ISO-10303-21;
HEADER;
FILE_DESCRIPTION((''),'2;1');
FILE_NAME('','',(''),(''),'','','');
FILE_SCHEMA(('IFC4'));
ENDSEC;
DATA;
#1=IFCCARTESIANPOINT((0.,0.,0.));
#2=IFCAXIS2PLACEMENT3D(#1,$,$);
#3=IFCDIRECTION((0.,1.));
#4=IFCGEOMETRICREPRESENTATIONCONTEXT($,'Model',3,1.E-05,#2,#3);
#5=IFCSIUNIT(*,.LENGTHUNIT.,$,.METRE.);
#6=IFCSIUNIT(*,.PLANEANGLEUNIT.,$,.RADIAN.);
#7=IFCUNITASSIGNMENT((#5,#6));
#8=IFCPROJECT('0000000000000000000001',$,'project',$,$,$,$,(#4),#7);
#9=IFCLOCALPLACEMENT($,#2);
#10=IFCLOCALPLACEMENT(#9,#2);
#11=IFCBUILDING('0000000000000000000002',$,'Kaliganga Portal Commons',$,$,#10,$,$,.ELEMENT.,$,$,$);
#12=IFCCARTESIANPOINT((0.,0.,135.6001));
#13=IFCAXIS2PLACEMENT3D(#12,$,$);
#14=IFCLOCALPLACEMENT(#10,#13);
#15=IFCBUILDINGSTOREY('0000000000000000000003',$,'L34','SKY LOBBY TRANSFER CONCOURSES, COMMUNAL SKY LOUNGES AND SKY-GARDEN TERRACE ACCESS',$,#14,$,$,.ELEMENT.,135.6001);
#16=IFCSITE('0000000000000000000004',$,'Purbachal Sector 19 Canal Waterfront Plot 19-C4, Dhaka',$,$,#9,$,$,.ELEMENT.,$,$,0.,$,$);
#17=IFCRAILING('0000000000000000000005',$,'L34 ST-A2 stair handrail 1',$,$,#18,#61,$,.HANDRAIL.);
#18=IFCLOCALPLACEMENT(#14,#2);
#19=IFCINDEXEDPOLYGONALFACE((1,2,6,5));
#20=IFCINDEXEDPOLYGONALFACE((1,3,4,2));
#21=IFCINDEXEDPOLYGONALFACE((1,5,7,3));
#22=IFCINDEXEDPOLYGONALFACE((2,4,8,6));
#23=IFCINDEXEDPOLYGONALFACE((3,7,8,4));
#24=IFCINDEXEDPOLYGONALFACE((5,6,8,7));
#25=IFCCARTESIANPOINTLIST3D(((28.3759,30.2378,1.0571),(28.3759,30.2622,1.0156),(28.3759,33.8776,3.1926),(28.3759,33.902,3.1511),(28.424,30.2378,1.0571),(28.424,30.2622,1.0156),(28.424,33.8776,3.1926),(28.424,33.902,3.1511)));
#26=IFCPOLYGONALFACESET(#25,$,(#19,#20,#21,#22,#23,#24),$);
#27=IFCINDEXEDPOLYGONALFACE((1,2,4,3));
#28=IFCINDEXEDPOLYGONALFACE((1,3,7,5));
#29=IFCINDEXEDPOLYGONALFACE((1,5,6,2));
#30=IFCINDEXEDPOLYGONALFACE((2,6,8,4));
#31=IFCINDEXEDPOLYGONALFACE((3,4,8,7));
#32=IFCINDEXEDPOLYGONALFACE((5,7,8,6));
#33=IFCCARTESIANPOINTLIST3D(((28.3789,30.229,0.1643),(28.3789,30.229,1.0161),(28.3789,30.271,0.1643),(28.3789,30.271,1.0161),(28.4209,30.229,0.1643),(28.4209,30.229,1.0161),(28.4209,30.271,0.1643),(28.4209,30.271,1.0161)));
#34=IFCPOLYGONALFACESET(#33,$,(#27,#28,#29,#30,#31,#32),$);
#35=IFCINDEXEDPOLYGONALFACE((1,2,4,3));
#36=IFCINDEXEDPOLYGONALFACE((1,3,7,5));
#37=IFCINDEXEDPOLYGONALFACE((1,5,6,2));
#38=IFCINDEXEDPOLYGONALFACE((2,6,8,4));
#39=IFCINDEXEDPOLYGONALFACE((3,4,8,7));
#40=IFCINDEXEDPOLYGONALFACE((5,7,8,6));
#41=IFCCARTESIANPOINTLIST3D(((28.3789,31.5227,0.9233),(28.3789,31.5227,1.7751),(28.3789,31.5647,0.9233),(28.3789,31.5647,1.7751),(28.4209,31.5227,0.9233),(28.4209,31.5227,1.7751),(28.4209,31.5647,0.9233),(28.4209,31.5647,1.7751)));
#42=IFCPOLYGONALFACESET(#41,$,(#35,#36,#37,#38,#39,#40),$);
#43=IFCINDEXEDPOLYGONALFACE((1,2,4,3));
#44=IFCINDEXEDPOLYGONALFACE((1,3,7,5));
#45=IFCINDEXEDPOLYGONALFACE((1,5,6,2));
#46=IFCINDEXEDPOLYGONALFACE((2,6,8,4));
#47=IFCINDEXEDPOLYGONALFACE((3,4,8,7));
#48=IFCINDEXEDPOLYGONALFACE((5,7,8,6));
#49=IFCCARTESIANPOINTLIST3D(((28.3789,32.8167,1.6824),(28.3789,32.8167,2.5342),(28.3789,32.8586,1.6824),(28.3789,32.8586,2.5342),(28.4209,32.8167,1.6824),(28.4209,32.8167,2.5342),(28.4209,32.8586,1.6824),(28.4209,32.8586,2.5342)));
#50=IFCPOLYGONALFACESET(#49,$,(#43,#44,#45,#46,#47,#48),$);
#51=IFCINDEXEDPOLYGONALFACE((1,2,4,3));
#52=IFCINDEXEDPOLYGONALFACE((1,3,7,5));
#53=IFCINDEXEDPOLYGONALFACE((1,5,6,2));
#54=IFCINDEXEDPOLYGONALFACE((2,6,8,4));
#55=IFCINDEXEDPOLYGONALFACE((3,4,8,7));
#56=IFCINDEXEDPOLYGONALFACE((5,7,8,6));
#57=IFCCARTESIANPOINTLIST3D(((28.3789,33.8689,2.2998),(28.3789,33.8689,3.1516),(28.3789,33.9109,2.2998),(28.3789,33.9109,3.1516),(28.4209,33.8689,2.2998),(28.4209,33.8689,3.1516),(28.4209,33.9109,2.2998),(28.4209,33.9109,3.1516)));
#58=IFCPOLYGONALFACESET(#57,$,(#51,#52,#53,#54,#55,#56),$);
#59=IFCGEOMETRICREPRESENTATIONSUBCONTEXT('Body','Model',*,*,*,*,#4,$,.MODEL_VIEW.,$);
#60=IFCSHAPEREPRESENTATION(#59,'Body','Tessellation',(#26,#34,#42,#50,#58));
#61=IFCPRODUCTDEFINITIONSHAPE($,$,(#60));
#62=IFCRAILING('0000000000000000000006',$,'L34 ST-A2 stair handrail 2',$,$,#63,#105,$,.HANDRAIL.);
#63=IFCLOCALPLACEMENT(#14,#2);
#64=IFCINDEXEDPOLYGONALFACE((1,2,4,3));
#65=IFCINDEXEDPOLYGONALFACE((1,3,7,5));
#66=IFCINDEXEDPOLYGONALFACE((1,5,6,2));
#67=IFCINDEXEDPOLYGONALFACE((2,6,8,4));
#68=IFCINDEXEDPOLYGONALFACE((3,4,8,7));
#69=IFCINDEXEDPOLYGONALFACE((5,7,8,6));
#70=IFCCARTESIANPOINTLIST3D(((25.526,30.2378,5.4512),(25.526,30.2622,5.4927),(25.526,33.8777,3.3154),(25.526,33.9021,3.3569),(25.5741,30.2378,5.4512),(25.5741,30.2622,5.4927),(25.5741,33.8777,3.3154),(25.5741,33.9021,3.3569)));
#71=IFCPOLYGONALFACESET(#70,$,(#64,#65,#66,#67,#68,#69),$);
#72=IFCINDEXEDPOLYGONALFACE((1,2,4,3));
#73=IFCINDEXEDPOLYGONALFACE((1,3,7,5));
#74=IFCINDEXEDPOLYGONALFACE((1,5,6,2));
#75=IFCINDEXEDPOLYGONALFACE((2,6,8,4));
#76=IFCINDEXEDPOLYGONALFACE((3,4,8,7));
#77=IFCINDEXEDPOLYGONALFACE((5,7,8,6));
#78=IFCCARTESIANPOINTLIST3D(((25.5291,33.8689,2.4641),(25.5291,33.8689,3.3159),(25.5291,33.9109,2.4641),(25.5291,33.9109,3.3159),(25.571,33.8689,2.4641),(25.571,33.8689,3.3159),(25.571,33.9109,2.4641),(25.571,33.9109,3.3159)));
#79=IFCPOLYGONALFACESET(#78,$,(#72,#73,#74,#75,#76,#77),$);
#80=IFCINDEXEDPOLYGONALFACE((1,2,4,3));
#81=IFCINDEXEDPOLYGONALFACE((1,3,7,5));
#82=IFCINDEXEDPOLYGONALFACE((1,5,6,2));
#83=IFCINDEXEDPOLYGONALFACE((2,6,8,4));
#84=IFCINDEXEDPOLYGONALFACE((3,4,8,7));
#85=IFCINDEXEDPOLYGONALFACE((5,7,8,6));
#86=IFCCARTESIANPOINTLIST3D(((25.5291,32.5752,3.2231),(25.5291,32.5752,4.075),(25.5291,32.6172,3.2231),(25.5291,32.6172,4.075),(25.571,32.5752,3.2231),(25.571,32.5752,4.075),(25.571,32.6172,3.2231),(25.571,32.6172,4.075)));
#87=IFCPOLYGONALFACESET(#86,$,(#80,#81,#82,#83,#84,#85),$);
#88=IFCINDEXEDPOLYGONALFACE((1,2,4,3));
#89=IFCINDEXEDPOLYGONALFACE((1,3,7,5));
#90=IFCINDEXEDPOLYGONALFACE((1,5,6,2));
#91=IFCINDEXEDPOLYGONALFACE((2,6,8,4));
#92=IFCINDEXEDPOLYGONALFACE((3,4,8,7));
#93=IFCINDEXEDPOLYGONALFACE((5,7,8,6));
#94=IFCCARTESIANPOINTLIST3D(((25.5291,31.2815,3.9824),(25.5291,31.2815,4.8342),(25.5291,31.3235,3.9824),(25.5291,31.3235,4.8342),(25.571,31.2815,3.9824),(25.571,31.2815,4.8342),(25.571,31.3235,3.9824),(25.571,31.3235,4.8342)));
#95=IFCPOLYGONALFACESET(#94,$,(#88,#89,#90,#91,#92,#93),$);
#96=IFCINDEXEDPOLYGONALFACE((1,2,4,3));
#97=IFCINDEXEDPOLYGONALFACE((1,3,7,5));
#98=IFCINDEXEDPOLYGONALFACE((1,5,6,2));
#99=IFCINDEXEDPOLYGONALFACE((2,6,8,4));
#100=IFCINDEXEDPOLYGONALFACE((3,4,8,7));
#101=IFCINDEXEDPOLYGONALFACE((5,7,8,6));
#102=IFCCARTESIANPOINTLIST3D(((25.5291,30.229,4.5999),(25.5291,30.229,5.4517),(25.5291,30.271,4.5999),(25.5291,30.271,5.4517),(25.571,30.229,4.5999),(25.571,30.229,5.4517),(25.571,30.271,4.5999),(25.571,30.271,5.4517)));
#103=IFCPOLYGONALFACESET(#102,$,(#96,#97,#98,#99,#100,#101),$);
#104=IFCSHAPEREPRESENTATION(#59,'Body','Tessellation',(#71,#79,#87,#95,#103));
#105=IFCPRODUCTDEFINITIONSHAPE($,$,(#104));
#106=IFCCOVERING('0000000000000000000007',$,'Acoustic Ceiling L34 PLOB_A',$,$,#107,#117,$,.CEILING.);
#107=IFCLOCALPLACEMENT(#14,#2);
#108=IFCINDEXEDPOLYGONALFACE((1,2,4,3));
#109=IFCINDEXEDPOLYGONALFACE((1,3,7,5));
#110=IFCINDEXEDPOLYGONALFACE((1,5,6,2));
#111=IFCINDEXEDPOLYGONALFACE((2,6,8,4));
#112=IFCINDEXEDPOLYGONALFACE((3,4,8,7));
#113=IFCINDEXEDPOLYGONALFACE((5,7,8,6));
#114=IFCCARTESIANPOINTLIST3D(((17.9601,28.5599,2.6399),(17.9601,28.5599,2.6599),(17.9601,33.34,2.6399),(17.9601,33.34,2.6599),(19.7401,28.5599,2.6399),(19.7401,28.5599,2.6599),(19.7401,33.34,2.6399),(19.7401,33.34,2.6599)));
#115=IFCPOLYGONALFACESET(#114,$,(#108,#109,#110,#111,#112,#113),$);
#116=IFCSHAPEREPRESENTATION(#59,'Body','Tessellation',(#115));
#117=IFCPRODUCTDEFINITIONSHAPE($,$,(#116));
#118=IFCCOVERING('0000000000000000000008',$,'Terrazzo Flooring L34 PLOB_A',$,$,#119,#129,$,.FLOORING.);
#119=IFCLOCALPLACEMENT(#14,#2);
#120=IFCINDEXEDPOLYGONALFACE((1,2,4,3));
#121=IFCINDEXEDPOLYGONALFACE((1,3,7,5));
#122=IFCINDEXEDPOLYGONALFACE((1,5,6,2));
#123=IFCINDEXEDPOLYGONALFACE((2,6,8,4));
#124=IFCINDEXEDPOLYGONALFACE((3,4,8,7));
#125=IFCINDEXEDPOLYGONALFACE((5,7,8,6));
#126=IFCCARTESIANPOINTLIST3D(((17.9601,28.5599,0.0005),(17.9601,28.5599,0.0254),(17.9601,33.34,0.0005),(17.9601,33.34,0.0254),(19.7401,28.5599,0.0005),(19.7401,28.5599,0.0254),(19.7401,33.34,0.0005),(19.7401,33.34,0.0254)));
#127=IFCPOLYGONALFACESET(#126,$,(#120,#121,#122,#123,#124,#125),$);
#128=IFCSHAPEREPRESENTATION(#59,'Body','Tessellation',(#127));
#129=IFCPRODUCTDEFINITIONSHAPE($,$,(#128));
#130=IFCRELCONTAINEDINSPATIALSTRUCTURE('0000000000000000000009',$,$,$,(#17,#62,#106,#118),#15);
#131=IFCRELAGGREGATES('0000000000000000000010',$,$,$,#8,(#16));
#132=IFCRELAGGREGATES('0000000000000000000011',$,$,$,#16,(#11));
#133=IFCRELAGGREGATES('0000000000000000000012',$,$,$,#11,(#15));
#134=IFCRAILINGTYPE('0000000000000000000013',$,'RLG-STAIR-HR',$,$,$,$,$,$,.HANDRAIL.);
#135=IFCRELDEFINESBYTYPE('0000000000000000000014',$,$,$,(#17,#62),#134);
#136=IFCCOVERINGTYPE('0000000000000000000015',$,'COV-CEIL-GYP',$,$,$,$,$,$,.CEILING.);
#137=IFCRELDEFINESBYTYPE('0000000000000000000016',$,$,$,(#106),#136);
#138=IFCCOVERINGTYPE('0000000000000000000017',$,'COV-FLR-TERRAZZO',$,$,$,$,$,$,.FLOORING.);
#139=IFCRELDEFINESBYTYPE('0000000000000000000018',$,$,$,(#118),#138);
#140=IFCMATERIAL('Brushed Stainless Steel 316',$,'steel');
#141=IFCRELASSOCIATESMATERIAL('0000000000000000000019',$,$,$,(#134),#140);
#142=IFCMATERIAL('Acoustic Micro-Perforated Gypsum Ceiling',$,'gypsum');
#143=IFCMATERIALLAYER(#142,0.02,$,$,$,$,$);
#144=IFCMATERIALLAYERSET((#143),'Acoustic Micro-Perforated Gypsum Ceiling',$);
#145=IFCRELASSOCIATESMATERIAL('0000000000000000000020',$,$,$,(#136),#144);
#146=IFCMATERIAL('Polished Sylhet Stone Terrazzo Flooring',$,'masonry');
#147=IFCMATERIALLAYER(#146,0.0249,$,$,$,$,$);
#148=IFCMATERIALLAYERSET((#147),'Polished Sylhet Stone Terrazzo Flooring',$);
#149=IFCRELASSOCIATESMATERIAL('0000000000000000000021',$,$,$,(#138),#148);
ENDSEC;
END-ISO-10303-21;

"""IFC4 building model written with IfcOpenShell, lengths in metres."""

from ifc_helpers import new_model, si_unit, direction, frame, origin, origin_2d, place, context, subcontext, project, spatial, rectangle, extrude, source, transform, mapped, material, layer, layer_set, type_object, element, save


model = new_model("IFC4")

# Units and contexts
model_context = context("Model", 3, precision=1e-05, world=origin(), true_north=direction((0.0, 1.0)))
body_context = subcontext(model_context, "Body", "Model", "MODEL_VIEW")
ifc_project = project(units=[si_unit("LENGTHUNIT", "METRE"), si_unit("PLANEANGLEUNIT", "RADIAN")], contexts=[model_context])

# Site, building, storey
site_placement = place(None, origin())
site = spatial("IfcSite", under=ifc_project, at=site_placement, Name="Purbachal Sector 19 Canal Waterfront Plot 19-C4, Dhaka", CompositionType="ELEMENT", RefElevation=0.0)
building_placement = place(site_placement, origin())
building = spatial("IfcBuilding", under=site, at=building_placement, Name="Kaliganga Portal Commons", CompositionType="ELEMENT")
storey_placement = place(building_placement, frame((0.0, 0.0, 135.6001)))
storey = spatial("IfcBuildingStorey", under=building, at=storey_placement, Name="L34", Description="SKY LOBBY TRANSFER CONCOURSES, COMMUNAL SKY LOUNGES AND SKY-GARDEN TERRACE ACCESS", CompositionType="ELEMENT", Elevation=135.6001)

# Railings
ifc_material_1 = material(Name="Brushed Stainless Steel 316", Category="steel")
railing_type_1 = type_object("IfcRailingType", Name="RLG-STAIR-HR", PredefinedType="HANDRAIL", material=ifc_material_1)
railing_1_placement = place(storey_placement, frame((28.3999, 30.25, 0.1643)))
element("IfcRailing", 1, at=railing_1_placement, inside=storey, type_object=railing_type_1, Name="L34 ST-A2 stair handrail 1", PredefinedType="HANDRAIL", context=body_context, shape_type="SweptSolid", body=[
    extrude(rectangle(XDim=0.0481, YDim=0.0481, at=origin_2d()), frame((0.0, 0.0, 0.8721), z_axis=(0.0, 0.862515, 0.506031), x_axis=(-1.0, 0.0, 0.0)), (0.0, 0.0, 1.0), 4.22),
    extrude(rectangle(XDim=0.042, YDim=0.042, at=origin_2d()), origin(), (0.0, 0.0, 1.0), 0.8518),
    extrude(rectangle(XDim=0.042, YDim=0.042, at=origin_2d()), frame((0.0, 1.2937, 0.759)), (0.0, 0.0, 1.0), 0.8518),
    extrude(rectangle(XDim=0.042, YDim=0.042, at=origin_2d()), frame((0.0, 2.5876, 1.5181)), (0.0, 0.0, 1.0), 0.8518),
    extrude(rectangle(XDim=0.042, YDim=0.042, at=origin_2d()), frame((0.0, 3.6399, 2.1355)), (0.0, 0.0, 1.0), 0.8518),
])
railing_2_placement = place(storey_placement, frame((25.55, 33.8899, 2.4641)))
element("IfcRailing", 2, at=railing_2_placement, inside=storey, type_object=railing_type_1, Name="L34 ST-A2 stair handrail 2", PredefinedType="HANDRAIL", context=body_context, shape_type="SweptSolid", body=[
    extrude(rectangle(XDim=0.0481, YDim=0.0481, at=origin_2d()), frame((0.0, 0.0, 0.8721), z_axis=(0.0, -0.86249, 0.506074), x_axis=(1.0, 0.0, 0.0)), (0.0, 0.0, 1.0), 4.2202),
    extrude(rectangle(XDim=0.042, YDim=0.042, at=origin_2d()), origin(), (0.0, 0.0, 1.0), 0.8518),
    extrude(rectangle(XDim=0.042, YDim=0.042, at=origin_2d()), frame((0.0, -1.2937, 0.759)), (0.0, 0.0, 1.0), 0.8518),
    extrude(rectangle(XDim=0.042, YDim=0.042, at=origin_2d()), frame((0.0, -2.5874, 1.5183)), (0.0, 0.0, 1.0), 0.8518),
    extrude(rectangle(XDim=0.042, YDim=0.042, at=origin_2d()), frame((0.0, -3.6399, 2.1357)), (0.0, 0.0, 1.0), 0.8518),
])

# Coverings
ifc_material_2 = material(Name="Acoustic Micro-Perforated Gypsum Ceiling", Category="gypsum")
ifc_layer_1 = layer(ifc_material_2, 0.02)
ifc_layer_set_1 = layer_set([ifc_layer_1], Name="Acoustic Micro-Perforated Gypsum Ceiling")
covering_type_1 = type_object("IfcCoveringType", Name="COV-CEIL-GYP", PredefinedType="CEILING", material=ifc_layer_set_1)
shared_shape_1 = source(origin(), body_context, "Body", "SweptSolid", [
    extrude(rectangle(XDim=1.78, YDim=4.78, at=origin_2d()), origin(), (0.0, 0.0, 1.0), 0.02),
])
covering_1_placement = place(storey_placement, frame((18.8501, 30.95, 2.6399), z_axis=(0.0, 0.0, 1.0), x_axis=(1.0, 0.0, 0.0)))
element("IfcCovering", 3, at=covering_1_placement, inside=storey, type_object=covering_type_1, Name="Acoustic Ceiling L34 PLOB_A", PredefinedType="CEILING", context=body_context, shape_type="MappedRepresentation", body=[
    mapped(shared_shape_1, transform((0.0, 0.0, 0.0), x_axis=(1.0, 0.0, 0.0), y_axis=(0.0, 1.0, 0.0), z_axis=(0.0, 0.0, 1.0), scale=1.0)),
])
ifc_material_3 = material(Name="Polished Sylhet Stone Terrazzo Flooring", Category="masonry")
ifc_layer_2 = layer(ifc_material_3, 0.0249)
ifc_layer_set_2 = layer_set([ifc_layer_2], Name="Polished Sylhet Stone Terrazzo Flooring")
covering_type_2 = type_object("IfcCoveringType", Name="COV-FLR-TERRAZZO", PredefinedType="FLOORING", material=ifc_layer_set_2)
shared_shape_2 = source(origin(), body_context, "Body", "SweptSolid", [
    extrude(rectangle(XDim=1.78, YDim=4.78, at=origin_2d()), origin(), (0.0, 0.0, 1.0), 0.0249),
])
covering_2_placement = place(storey_placement, frame((18.8501, 30.95, 0.0005), z_axis=(0.0, 0.0, 1.0), x_axis=(1.0, 0.0, 0.0)))
element("IfcCovering", 4, at=covering_2_placement, inside=storey, type_object=covering_type_2, Name="Terrazzo Flooring L34 PLOB_A", PredefinedType="FLOORING", context=body_context, shape_type="MappedRepresentation", body=[
    mapped(shared_shape_2, transform((0.0, 0.0, 0.0), x_axis=(1.0, 0.0, 0.0), y_axis=(0.0, 1.0, 0.0), z_axis=(0.0, 0.0, 1.0), scale=1.0)),
])

save(model, "model.ifc")
